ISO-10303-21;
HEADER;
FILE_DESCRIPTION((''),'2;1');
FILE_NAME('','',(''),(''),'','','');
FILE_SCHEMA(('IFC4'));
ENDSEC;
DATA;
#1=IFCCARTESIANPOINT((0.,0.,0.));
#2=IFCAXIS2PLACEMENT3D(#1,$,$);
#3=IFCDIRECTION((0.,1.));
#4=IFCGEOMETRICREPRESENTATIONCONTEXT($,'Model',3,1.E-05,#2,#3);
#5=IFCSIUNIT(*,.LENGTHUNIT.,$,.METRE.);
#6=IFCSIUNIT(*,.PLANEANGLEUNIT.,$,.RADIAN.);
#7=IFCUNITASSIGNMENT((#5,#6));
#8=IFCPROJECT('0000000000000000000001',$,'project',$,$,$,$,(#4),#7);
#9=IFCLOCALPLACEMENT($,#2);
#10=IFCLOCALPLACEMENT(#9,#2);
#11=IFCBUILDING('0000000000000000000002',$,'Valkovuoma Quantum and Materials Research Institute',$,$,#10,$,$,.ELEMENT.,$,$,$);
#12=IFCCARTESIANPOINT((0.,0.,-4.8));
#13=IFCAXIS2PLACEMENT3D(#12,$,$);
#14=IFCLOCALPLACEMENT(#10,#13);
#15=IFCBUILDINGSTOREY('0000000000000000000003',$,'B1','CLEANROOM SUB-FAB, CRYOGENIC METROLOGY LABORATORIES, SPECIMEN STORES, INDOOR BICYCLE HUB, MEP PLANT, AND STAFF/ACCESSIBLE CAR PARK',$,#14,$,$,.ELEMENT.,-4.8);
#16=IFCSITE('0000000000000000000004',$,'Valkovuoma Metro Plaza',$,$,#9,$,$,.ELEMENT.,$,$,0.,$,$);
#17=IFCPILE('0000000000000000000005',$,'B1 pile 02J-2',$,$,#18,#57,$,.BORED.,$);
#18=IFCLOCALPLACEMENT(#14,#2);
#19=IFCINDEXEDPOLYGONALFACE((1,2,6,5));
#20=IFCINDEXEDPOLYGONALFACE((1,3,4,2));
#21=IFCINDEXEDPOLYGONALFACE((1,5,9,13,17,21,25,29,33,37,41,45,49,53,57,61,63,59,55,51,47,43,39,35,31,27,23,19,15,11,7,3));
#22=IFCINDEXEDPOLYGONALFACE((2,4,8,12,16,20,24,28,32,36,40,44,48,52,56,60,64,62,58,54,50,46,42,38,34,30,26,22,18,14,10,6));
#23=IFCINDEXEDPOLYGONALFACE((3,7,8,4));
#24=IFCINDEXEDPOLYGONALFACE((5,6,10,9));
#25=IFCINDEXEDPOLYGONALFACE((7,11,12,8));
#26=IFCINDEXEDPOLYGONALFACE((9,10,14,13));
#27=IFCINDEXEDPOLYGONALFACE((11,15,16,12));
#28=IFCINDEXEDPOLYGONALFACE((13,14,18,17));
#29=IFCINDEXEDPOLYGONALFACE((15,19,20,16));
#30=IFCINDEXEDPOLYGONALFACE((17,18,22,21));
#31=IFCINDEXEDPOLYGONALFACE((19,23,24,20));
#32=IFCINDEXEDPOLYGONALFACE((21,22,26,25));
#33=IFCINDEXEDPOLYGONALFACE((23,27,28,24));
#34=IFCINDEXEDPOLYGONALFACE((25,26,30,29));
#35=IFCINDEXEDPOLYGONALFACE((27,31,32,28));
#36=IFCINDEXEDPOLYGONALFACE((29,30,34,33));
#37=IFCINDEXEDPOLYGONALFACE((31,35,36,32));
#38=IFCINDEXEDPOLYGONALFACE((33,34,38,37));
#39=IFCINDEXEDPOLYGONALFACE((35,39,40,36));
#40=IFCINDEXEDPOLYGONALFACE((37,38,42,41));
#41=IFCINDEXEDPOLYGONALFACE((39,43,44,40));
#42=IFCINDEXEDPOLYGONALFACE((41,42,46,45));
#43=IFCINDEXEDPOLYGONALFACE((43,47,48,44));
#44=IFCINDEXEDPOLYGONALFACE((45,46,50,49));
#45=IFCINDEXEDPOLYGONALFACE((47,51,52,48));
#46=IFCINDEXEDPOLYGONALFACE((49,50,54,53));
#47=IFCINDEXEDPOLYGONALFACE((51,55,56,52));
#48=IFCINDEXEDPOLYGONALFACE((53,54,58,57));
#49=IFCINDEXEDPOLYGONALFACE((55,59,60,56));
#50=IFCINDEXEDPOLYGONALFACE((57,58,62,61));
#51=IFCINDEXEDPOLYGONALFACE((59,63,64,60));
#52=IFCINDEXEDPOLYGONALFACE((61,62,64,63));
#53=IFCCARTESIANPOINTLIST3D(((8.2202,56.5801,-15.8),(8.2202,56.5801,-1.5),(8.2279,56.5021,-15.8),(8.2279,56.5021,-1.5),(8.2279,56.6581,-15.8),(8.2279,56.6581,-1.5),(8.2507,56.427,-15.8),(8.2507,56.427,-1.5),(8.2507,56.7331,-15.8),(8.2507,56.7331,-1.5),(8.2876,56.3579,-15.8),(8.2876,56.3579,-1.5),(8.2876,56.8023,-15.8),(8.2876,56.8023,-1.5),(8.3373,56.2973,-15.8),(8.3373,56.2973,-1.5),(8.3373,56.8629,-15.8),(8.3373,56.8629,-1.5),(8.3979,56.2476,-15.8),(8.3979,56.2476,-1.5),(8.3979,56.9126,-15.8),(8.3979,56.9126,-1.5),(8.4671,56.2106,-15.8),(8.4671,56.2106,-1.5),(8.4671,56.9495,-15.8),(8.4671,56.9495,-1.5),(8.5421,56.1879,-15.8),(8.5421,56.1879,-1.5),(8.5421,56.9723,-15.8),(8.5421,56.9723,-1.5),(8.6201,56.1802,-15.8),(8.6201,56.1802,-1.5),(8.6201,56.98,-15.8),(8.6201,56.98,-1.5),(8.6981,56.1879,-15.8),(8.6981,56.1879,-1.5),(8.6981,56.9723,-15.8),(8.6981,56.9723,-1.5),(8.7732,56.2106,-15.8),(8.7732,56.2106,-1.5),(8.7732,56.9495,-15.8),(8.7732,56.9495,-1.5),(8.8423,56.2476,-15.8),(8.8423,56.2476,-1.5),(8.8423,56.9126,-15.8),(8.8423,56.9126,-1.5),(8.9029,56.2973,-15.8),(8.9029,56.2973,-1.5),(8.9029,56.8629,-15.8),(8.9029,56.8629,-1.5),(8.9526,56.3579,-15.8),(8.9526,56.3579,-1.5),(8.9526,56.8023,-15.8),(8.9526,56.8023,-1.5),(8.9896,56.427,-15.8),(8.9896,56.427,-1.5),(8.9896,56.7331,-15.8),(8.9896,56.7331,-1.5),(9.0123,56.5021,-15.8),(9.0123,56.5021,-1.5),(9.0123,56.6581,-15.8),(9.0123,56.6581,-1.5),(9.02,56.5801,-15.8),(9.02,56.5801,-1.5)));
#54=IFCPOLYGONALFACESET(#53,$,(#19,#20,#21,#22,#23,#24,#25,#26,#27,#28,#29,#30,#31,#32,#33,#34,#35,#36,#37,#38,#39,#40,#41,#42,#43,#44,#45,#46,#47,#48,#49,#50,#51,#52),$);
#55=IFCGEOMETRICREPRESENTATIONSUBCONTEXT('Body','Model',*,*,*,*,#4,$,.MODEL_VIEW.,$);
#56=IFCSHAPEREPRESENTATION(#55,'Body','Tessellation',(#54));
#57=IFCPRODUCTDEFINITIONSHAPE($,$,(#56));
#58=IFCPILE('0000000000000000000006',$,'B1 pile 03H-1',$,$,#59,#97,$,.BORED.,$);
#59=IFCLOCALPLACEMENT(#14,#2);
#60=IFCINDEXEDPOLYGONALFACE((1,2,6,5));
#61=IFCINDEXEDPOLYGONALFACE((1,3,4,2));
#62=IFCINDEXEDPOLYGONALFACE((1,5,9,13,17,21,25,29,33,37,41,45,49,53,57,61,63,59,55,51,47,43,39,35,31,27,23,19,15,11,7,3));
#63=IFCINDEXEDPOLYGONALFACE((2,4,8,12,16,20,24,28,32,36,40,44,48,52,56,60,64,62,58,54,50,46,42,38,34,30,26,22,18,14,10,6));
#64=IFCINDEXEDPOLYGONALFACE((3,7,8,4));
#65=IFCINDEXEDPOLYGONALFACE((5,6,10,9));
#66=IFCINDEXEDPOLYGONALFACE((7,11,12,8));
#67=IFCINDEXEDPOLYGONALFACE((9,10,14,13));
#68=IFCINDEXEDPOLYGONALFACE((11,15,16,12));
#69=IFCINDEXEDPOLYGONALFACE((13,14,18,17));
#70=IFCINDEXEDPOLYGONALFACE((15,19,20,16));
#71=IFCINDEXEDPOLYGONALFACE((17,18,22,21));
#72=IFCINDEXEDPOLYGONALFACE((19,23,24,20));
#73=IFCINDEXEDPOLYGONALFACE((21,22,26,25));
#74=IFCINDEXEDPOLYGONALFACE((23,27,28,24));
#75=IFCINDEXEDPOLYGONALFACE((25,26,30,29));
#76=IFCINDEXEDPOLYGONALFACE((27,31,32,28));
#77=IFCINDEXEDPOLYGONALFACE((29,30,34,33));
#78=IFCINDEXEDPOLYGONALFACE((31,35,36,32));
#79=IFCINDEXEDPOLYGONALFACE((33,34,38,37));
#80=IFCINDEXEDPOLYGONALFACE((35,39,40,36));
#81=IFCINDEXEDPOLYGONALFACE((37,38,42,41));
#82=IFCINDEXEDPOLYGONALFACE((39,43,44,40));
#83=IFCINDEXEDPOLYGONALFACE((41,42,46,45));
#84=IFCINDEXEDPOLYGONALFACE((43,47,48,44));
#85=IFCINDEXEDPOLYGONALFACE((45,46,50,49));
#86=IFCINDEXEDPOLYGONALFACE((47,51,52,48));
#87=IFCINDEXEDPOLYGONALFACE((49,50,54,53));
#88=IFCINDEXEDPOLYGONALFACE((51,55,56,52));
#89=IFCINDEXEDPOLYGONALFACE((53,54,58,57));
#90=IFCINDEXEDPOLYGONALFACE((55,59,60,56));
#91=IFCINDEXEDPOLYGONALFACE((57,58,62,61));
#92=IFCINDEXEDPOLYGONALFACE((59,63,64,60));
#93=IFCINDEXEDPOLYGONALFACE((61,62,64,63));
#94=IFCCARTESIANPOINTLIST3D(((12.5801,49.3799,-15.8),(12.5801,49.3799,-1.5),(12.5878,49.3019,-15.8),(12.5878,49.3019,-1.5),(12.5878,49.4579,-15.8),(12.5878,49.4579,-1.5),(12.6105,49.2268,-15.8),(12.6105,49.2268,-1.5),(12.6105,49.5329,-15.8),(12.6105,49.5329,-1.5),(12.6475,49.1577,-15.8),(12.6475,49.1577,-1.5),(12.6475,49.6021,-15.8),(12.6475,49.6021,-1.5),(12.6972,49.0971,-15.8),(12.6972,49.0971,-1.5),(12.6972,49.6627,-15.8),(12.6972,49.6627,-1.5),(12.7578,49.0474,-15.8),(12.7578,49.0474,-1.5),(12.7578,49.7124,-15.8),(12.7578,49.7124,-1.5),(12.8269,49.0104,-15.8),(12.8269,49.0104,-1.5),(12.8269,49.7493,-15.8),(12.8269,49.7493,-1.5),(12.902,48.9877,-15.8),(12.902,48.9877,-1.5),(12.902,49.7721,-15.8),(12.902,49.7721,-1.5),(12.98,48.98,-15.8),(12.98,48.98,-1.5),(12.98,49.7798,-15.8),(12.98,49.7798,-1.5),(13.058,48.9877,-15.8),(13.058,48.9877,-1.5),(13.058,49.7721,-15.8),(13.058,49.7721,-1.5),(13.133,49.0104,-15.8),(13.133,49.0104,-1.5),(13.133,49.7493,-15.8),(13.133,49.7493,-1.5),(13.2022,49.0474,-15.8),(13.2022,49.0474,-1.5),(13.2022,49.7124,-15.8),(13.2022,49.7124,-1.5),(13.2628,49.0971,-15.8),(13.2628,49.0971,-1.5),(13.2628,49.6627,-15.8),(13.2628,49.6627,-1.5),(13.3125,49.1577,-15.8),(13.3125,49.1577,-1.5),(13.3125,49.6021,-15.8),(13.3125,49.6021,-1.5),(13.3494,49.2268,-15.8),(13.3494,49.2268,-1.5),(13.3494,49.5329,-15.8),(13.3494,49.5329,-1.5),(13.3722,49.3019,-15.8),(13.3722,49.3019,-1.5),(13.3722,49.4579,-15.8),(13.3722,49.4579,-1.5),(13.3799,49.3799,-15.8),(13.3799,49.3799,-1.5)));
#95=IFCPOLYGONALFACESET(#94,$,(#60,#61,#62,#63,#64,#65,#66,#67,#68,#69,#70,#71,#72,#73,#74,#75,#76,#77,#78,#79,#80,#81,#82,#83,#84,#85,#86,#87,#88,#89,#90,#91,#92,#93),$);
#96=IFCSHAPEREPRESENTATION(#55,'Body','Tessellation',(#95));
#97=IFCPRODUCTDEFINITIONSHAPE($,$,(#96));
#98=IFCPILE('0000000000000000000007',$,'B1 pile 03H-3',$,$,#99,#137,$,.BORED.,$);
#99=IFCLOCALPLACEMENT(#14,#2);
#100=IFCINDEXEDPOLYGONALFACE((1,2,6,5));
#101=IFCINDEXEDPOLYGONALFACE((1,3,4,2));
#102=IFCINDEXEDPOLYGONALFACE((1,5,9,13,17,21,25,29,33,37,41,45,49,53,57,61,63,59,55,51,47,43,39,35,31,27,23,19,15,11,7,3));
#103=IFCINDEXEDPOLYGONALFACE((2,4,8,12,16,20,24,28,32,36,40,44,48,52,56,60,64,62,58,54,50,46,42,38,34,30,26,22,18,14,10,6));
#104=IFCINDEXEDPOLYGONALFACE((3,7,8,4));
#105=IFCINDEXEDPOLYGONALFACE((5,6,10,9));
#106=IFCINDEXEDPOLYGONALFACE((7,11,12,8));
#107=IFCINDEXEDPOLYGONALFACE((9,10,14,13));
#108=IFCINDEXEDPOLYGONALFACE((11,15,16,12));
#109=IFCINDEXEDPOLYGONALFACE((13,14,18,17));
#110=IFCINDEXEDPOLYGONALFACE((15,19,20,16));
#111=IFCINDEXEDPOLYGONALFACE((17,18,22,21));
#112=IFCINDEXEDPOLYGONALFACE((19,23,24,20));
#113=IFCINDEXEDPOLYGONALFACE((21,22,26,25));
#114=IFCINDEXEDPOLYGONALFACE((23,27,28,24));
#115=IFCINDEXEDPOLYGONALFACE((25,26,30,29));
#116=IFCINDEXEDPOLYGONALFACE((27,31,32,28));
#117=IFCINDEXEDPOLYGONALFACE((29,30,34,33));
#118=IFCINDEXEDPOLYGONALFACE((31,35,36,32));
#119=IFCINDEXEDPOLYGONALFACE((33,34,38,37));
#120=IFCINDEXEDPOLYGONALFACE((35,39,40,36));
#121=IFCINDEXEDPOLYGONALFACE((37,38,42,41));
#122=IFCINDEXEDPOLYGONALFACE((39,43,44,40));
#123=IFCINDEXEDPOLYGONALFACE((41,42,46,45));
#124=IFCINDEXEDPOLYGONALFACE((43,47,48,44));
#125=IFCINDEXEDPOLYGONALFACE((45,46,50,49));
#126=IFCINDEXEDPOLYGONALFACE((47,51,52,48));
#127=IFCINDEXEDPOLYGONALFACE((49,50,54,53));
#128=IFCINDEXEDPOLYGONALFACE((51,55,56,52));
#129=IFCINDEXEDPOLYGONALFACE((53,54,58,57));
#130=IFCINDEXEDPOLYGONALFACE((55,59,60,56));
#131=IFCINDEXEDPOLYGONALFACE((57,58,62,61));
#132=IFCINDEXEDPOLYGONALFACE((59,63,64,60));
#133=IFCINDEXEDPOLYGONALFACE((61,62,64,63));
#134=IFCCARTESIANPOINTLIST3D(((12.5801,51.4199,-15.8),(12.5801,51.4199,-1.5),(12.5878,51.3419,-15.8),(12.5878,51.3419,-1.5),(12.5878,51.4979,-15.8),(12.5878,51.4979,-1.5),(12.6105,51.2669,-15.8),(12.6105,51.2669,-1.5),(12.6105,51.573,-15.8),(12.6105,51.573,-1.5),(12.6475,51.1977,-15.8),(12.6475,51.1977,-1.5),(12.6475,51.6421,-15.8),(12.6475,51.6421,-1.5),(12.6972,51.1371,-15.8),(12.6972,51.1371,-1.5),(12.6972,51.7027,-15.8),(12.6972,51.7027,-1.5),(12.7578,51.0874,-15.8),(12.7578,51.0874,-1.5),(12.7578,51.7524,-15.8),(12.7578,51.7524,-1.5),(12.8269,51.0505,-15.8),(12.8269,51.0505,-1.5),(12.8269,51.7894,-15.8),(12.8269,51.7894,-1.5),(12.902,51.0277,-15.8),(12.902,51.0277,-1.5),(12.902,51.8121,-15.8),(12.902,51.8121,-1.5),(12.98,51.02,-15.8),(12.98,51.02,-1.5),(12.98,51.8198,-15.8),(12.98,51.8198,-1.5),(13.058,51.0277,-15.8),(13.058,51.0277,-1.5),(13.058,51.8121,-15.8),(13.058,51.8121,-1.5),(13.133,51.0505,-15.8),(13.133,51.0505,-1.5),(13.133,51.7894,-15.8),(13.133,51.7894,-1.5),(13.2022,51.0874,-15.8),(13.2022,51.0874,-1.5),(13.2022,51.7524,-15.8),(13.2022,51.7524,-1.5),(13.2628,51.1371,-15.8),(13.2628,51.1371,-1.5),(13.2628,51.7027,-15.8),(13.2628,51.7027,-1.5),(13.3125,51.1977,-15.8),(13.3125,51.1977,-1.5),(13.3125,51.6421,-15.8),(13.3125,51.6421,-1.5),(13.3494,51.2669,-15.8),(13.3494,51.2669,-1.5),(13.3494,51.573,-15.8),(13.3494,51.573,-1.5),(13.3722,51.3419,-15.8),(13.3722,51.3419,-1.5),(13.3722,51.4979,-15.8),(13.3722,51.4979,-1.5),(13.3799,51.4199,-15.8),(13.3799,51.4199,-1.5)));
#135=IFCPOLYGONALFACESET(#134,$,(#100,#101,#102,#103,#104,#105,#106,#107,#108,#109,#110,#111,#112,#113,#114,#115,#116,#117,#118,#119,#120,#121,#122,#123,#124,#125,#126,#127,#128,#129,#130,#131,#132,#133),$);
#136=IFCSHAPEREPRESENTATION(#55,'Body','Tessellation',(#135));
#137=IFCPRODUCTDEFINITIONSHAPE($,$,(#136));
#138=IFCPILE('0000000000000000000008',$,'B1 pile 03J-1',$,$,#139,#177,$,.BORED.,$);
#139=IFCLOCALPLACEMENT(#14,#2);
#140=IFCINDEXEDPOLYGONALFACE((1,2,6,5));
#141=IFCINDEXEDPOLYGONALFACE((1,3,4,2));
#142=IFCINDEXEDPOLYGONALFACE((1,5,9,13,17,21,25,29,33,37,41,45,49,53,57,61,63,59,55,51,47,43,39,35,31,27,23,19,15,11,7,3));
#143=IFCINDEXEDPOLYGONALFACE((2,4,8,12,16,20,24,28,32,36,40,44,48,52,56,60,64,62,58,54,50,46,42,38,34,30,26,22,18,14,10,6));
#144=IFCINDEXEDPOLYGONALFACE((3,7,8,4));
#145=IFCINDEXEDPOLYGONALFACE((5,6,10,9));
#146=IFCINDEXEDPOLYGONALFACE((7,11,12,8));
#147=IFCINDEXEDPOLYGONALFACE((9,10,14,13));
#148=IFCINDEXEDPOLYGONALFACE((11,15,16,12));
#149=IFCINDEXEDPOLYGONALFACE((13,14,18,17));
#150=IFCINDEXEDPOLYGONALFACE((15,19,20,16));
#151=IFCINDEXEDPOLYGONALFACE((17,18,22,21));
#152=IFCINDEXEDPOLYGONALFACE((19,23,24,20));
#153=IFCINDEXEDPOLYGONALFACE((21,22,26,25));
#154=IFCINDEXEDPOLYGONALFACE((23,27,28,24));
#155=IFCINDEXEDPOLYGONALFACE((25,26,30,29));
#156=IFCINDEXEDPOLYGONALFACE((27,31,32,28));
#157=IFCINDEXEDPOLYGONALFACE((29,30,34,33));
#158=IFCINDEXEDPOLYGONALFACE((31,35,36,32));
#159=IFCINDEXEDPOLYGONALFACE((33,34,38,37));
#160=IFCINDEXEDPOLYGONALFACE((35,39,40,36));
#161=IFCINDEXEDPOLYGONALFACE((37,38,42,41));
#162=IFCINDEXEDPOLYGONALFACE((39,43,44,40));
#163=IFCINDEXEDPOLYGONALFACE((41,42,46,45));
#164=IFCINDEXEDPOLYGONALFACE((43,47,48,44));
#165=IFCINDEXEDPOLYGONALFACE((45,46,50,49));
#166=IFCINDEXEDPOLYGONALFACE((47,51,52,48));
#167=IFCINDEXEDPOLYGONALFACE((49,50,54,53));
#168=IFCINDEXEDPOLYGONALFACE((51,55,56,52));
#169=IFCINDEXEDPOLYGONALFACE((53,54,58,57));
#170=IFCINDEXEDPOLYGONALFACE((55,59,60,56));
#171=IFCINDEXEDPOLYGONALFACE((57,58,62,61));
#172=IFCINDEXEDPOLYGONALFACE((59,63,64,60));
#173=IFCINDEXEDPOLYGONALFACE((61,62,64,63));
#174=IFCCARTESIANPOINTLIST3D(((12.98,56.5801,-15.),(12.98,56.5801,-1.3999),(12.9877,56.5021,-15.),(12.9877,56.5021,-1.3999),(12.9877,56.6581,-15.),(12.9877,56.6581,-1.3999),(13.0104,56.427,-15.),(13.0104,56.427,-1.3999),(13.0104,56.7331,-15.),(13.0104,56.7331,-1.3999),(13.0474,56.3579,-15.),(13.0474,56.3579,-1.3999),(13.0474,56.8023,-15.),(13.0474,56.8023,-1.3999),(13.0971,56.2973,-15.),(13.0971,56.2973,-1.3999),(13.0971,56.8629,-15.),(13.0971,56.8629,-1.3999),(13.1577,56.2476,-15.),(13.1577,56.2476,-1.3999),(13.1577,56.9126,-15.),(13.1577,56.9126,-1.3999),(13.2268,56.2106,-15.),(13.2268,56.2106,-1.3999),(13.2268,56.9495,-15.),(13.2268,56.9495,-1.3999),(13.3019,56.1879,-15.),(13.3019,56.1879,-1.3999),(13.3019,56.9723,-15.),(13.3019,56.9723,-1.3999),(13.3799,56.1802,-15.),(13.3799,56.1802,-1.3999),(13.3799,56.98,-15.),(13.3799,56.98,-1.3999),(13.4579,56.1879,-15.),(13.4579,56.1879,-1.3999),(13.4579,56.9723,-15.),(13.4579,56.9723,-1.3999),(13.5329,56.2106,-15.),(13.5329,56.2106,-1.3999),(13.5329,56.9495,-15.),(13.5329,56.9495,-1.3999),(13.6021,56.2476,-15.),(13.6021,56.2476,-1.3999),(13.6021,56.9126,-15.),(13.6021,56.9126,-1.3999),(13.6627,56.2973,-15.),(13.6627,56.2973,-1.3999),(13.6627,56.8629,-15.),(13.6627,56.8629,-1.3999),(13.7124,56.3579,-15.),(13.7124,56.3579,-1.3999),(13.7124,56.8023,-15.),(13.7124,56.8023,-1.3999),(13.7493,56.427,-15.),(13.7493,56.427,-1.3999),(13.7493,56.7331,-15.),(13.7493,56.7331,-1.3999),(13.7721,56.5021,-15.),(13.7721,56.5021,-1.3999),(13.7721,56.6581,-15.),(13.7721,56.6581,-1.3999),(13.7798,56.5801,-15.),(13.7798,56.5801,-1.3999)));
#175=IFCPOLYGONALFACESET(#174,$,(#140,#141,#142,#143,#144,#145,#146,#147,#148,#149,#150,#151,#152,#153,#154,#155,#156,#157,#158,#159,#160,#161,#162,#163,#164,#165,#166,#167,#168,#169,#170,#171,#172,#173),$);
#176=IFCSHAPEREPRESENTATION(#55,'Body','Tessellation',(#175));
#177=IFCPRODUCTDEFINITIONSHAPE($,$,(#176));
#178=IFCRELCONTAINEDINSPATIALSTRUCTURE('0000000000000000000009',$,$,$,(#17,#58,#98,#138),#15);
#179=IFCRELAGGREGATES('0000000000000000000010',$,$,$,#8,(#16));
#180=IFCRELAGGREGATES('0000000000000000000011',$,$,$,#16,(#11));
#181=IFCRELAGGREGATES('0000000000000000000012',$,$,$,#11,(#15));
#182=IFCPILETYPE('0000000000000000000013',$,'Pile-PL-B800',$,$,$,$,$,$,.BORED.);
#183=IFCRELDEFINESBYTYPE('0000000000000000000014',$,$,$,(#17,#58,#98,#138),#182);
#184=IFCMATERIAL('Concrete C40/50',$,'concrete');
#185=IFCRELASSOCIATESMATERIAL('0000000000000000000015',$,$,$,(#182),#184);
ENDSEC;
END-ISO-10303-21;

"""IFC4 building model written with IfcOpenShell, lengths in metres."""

from ifc_helpers import new_model, si_unit, direction, frame, origin, origin_2d, place, context, subcontext, project, spatial, circle, extrude, material, material_profile, profile_set, type_object, element, save


model = new_model("IFC4")

# Units and contexts
model_context = context("Model", 3, precision=1e-05, world=origin(), true_north=direction((0.0, 1.0)))
body_context = subcontext(model_context, "Body", "Model", "MODEL_VIEW")
ifc_project = project(units=[si_unit("LENGTHUNIT", "METRE"), si_unit("PLANEANGLEUNIT", "RADIAN")], contexts=[model_context])

# Site, building, storey
site_placement = place(None, origin())
site = spatial("IfcSite", under=ifc_project, at=site_placement, Name="Valkovuoma Metro Plaza", CompositionType="ELEMENT", RefElevation=0.0)
building_placement = place(site_placement, origin())
building = spatial("IfcBuilding", under=site, at=building_placement, Name="Valkovuoma Quantum and Materials Research Institute", CompositionType="ELEMENT")
storey_placement = place(building_placement, frame((0.0, 0.0, -4.8)))
storey = spatial("IfcBuildingStorey", under=building, at=storey_placement, Name="B1", Description="CLEANROOM SUB-FAB, CRYOGENIC METROLOGY LABORATORIES, SPECIMEN STORES, INDOOR BICYCLE HUB, MEP PLANT, AND STAFF/ACCESSIBLE CAR PARK", CompositionType="ELEMENT", Elevation=-4.8)

# Piles
ifc_material_1 = material(Name="Concrete C40/50", Category="concrete")
ifc_material_profile_1 = material_profile(ifc_material_1, circle(Radius=0.3999, at=origin_2d()), Name="Concrete C40/50")
ifc_profile_set_1 = profile_set([ifc_material_profile_1], Name="Concrete C40/50")
pile_type_1 = type_object("IfcPileType", Name="Pile-PL-B800", PredefinedType="BORED", material=ifc_profile_set_1)
for number, where, z_axis, x_axis, name in (
    (1, (8.6201, 56.5801, -1.5), (0.0, 0.0, -1.0), (1.0, 0.0, 0.0), "B1 pile 02J-2"),
    (2, (12.98, 49.3799, -1.5), (0.0, 0.0, -1.0), (1.0, 0.0, 0.0), "B1 pile 03H-1"),
    (3, (12.98, 51.4199, -1.5), (0.0, 0.0, -1.0), (1.0, 0.0, 0.0), "B1 pile 03H-3"),
):
    element("IfcPile", number, at=place(storey_placement, frame(where, z_axis=z_axis, x_axis=x_axis)), inside=storey, type_object=pile_type_1, Name=name, PredefinedType="BORED", context=body_context, shape_type="SweptSolid", body=[
        extrude(circle(Radius=0.3999, at=origin_2d()), origin(), (0.0, 0.0, 1.0), 14.3),
    ])
pile_placement = place(storey_placement, frame((13.3799, 56.5801, -1.3999), z_axis=(0.0, 0.0, -1.0), x_axis=(1.0, 0.0, 0.0)))
element("IfcPile", 4, at=pile_placement, inside=storey, type_object=pile_type_1, Name="B1 pile 03J-1", PredefinedType="BORED", context=body_context, shape_type="SweptSolid", body=[
    extrude(circle(Radius=0.3999, at=origin_2d()), origin(), (0.0, 0.0, 1.0), 13.6001),
])

save(model, "model.ifc")
